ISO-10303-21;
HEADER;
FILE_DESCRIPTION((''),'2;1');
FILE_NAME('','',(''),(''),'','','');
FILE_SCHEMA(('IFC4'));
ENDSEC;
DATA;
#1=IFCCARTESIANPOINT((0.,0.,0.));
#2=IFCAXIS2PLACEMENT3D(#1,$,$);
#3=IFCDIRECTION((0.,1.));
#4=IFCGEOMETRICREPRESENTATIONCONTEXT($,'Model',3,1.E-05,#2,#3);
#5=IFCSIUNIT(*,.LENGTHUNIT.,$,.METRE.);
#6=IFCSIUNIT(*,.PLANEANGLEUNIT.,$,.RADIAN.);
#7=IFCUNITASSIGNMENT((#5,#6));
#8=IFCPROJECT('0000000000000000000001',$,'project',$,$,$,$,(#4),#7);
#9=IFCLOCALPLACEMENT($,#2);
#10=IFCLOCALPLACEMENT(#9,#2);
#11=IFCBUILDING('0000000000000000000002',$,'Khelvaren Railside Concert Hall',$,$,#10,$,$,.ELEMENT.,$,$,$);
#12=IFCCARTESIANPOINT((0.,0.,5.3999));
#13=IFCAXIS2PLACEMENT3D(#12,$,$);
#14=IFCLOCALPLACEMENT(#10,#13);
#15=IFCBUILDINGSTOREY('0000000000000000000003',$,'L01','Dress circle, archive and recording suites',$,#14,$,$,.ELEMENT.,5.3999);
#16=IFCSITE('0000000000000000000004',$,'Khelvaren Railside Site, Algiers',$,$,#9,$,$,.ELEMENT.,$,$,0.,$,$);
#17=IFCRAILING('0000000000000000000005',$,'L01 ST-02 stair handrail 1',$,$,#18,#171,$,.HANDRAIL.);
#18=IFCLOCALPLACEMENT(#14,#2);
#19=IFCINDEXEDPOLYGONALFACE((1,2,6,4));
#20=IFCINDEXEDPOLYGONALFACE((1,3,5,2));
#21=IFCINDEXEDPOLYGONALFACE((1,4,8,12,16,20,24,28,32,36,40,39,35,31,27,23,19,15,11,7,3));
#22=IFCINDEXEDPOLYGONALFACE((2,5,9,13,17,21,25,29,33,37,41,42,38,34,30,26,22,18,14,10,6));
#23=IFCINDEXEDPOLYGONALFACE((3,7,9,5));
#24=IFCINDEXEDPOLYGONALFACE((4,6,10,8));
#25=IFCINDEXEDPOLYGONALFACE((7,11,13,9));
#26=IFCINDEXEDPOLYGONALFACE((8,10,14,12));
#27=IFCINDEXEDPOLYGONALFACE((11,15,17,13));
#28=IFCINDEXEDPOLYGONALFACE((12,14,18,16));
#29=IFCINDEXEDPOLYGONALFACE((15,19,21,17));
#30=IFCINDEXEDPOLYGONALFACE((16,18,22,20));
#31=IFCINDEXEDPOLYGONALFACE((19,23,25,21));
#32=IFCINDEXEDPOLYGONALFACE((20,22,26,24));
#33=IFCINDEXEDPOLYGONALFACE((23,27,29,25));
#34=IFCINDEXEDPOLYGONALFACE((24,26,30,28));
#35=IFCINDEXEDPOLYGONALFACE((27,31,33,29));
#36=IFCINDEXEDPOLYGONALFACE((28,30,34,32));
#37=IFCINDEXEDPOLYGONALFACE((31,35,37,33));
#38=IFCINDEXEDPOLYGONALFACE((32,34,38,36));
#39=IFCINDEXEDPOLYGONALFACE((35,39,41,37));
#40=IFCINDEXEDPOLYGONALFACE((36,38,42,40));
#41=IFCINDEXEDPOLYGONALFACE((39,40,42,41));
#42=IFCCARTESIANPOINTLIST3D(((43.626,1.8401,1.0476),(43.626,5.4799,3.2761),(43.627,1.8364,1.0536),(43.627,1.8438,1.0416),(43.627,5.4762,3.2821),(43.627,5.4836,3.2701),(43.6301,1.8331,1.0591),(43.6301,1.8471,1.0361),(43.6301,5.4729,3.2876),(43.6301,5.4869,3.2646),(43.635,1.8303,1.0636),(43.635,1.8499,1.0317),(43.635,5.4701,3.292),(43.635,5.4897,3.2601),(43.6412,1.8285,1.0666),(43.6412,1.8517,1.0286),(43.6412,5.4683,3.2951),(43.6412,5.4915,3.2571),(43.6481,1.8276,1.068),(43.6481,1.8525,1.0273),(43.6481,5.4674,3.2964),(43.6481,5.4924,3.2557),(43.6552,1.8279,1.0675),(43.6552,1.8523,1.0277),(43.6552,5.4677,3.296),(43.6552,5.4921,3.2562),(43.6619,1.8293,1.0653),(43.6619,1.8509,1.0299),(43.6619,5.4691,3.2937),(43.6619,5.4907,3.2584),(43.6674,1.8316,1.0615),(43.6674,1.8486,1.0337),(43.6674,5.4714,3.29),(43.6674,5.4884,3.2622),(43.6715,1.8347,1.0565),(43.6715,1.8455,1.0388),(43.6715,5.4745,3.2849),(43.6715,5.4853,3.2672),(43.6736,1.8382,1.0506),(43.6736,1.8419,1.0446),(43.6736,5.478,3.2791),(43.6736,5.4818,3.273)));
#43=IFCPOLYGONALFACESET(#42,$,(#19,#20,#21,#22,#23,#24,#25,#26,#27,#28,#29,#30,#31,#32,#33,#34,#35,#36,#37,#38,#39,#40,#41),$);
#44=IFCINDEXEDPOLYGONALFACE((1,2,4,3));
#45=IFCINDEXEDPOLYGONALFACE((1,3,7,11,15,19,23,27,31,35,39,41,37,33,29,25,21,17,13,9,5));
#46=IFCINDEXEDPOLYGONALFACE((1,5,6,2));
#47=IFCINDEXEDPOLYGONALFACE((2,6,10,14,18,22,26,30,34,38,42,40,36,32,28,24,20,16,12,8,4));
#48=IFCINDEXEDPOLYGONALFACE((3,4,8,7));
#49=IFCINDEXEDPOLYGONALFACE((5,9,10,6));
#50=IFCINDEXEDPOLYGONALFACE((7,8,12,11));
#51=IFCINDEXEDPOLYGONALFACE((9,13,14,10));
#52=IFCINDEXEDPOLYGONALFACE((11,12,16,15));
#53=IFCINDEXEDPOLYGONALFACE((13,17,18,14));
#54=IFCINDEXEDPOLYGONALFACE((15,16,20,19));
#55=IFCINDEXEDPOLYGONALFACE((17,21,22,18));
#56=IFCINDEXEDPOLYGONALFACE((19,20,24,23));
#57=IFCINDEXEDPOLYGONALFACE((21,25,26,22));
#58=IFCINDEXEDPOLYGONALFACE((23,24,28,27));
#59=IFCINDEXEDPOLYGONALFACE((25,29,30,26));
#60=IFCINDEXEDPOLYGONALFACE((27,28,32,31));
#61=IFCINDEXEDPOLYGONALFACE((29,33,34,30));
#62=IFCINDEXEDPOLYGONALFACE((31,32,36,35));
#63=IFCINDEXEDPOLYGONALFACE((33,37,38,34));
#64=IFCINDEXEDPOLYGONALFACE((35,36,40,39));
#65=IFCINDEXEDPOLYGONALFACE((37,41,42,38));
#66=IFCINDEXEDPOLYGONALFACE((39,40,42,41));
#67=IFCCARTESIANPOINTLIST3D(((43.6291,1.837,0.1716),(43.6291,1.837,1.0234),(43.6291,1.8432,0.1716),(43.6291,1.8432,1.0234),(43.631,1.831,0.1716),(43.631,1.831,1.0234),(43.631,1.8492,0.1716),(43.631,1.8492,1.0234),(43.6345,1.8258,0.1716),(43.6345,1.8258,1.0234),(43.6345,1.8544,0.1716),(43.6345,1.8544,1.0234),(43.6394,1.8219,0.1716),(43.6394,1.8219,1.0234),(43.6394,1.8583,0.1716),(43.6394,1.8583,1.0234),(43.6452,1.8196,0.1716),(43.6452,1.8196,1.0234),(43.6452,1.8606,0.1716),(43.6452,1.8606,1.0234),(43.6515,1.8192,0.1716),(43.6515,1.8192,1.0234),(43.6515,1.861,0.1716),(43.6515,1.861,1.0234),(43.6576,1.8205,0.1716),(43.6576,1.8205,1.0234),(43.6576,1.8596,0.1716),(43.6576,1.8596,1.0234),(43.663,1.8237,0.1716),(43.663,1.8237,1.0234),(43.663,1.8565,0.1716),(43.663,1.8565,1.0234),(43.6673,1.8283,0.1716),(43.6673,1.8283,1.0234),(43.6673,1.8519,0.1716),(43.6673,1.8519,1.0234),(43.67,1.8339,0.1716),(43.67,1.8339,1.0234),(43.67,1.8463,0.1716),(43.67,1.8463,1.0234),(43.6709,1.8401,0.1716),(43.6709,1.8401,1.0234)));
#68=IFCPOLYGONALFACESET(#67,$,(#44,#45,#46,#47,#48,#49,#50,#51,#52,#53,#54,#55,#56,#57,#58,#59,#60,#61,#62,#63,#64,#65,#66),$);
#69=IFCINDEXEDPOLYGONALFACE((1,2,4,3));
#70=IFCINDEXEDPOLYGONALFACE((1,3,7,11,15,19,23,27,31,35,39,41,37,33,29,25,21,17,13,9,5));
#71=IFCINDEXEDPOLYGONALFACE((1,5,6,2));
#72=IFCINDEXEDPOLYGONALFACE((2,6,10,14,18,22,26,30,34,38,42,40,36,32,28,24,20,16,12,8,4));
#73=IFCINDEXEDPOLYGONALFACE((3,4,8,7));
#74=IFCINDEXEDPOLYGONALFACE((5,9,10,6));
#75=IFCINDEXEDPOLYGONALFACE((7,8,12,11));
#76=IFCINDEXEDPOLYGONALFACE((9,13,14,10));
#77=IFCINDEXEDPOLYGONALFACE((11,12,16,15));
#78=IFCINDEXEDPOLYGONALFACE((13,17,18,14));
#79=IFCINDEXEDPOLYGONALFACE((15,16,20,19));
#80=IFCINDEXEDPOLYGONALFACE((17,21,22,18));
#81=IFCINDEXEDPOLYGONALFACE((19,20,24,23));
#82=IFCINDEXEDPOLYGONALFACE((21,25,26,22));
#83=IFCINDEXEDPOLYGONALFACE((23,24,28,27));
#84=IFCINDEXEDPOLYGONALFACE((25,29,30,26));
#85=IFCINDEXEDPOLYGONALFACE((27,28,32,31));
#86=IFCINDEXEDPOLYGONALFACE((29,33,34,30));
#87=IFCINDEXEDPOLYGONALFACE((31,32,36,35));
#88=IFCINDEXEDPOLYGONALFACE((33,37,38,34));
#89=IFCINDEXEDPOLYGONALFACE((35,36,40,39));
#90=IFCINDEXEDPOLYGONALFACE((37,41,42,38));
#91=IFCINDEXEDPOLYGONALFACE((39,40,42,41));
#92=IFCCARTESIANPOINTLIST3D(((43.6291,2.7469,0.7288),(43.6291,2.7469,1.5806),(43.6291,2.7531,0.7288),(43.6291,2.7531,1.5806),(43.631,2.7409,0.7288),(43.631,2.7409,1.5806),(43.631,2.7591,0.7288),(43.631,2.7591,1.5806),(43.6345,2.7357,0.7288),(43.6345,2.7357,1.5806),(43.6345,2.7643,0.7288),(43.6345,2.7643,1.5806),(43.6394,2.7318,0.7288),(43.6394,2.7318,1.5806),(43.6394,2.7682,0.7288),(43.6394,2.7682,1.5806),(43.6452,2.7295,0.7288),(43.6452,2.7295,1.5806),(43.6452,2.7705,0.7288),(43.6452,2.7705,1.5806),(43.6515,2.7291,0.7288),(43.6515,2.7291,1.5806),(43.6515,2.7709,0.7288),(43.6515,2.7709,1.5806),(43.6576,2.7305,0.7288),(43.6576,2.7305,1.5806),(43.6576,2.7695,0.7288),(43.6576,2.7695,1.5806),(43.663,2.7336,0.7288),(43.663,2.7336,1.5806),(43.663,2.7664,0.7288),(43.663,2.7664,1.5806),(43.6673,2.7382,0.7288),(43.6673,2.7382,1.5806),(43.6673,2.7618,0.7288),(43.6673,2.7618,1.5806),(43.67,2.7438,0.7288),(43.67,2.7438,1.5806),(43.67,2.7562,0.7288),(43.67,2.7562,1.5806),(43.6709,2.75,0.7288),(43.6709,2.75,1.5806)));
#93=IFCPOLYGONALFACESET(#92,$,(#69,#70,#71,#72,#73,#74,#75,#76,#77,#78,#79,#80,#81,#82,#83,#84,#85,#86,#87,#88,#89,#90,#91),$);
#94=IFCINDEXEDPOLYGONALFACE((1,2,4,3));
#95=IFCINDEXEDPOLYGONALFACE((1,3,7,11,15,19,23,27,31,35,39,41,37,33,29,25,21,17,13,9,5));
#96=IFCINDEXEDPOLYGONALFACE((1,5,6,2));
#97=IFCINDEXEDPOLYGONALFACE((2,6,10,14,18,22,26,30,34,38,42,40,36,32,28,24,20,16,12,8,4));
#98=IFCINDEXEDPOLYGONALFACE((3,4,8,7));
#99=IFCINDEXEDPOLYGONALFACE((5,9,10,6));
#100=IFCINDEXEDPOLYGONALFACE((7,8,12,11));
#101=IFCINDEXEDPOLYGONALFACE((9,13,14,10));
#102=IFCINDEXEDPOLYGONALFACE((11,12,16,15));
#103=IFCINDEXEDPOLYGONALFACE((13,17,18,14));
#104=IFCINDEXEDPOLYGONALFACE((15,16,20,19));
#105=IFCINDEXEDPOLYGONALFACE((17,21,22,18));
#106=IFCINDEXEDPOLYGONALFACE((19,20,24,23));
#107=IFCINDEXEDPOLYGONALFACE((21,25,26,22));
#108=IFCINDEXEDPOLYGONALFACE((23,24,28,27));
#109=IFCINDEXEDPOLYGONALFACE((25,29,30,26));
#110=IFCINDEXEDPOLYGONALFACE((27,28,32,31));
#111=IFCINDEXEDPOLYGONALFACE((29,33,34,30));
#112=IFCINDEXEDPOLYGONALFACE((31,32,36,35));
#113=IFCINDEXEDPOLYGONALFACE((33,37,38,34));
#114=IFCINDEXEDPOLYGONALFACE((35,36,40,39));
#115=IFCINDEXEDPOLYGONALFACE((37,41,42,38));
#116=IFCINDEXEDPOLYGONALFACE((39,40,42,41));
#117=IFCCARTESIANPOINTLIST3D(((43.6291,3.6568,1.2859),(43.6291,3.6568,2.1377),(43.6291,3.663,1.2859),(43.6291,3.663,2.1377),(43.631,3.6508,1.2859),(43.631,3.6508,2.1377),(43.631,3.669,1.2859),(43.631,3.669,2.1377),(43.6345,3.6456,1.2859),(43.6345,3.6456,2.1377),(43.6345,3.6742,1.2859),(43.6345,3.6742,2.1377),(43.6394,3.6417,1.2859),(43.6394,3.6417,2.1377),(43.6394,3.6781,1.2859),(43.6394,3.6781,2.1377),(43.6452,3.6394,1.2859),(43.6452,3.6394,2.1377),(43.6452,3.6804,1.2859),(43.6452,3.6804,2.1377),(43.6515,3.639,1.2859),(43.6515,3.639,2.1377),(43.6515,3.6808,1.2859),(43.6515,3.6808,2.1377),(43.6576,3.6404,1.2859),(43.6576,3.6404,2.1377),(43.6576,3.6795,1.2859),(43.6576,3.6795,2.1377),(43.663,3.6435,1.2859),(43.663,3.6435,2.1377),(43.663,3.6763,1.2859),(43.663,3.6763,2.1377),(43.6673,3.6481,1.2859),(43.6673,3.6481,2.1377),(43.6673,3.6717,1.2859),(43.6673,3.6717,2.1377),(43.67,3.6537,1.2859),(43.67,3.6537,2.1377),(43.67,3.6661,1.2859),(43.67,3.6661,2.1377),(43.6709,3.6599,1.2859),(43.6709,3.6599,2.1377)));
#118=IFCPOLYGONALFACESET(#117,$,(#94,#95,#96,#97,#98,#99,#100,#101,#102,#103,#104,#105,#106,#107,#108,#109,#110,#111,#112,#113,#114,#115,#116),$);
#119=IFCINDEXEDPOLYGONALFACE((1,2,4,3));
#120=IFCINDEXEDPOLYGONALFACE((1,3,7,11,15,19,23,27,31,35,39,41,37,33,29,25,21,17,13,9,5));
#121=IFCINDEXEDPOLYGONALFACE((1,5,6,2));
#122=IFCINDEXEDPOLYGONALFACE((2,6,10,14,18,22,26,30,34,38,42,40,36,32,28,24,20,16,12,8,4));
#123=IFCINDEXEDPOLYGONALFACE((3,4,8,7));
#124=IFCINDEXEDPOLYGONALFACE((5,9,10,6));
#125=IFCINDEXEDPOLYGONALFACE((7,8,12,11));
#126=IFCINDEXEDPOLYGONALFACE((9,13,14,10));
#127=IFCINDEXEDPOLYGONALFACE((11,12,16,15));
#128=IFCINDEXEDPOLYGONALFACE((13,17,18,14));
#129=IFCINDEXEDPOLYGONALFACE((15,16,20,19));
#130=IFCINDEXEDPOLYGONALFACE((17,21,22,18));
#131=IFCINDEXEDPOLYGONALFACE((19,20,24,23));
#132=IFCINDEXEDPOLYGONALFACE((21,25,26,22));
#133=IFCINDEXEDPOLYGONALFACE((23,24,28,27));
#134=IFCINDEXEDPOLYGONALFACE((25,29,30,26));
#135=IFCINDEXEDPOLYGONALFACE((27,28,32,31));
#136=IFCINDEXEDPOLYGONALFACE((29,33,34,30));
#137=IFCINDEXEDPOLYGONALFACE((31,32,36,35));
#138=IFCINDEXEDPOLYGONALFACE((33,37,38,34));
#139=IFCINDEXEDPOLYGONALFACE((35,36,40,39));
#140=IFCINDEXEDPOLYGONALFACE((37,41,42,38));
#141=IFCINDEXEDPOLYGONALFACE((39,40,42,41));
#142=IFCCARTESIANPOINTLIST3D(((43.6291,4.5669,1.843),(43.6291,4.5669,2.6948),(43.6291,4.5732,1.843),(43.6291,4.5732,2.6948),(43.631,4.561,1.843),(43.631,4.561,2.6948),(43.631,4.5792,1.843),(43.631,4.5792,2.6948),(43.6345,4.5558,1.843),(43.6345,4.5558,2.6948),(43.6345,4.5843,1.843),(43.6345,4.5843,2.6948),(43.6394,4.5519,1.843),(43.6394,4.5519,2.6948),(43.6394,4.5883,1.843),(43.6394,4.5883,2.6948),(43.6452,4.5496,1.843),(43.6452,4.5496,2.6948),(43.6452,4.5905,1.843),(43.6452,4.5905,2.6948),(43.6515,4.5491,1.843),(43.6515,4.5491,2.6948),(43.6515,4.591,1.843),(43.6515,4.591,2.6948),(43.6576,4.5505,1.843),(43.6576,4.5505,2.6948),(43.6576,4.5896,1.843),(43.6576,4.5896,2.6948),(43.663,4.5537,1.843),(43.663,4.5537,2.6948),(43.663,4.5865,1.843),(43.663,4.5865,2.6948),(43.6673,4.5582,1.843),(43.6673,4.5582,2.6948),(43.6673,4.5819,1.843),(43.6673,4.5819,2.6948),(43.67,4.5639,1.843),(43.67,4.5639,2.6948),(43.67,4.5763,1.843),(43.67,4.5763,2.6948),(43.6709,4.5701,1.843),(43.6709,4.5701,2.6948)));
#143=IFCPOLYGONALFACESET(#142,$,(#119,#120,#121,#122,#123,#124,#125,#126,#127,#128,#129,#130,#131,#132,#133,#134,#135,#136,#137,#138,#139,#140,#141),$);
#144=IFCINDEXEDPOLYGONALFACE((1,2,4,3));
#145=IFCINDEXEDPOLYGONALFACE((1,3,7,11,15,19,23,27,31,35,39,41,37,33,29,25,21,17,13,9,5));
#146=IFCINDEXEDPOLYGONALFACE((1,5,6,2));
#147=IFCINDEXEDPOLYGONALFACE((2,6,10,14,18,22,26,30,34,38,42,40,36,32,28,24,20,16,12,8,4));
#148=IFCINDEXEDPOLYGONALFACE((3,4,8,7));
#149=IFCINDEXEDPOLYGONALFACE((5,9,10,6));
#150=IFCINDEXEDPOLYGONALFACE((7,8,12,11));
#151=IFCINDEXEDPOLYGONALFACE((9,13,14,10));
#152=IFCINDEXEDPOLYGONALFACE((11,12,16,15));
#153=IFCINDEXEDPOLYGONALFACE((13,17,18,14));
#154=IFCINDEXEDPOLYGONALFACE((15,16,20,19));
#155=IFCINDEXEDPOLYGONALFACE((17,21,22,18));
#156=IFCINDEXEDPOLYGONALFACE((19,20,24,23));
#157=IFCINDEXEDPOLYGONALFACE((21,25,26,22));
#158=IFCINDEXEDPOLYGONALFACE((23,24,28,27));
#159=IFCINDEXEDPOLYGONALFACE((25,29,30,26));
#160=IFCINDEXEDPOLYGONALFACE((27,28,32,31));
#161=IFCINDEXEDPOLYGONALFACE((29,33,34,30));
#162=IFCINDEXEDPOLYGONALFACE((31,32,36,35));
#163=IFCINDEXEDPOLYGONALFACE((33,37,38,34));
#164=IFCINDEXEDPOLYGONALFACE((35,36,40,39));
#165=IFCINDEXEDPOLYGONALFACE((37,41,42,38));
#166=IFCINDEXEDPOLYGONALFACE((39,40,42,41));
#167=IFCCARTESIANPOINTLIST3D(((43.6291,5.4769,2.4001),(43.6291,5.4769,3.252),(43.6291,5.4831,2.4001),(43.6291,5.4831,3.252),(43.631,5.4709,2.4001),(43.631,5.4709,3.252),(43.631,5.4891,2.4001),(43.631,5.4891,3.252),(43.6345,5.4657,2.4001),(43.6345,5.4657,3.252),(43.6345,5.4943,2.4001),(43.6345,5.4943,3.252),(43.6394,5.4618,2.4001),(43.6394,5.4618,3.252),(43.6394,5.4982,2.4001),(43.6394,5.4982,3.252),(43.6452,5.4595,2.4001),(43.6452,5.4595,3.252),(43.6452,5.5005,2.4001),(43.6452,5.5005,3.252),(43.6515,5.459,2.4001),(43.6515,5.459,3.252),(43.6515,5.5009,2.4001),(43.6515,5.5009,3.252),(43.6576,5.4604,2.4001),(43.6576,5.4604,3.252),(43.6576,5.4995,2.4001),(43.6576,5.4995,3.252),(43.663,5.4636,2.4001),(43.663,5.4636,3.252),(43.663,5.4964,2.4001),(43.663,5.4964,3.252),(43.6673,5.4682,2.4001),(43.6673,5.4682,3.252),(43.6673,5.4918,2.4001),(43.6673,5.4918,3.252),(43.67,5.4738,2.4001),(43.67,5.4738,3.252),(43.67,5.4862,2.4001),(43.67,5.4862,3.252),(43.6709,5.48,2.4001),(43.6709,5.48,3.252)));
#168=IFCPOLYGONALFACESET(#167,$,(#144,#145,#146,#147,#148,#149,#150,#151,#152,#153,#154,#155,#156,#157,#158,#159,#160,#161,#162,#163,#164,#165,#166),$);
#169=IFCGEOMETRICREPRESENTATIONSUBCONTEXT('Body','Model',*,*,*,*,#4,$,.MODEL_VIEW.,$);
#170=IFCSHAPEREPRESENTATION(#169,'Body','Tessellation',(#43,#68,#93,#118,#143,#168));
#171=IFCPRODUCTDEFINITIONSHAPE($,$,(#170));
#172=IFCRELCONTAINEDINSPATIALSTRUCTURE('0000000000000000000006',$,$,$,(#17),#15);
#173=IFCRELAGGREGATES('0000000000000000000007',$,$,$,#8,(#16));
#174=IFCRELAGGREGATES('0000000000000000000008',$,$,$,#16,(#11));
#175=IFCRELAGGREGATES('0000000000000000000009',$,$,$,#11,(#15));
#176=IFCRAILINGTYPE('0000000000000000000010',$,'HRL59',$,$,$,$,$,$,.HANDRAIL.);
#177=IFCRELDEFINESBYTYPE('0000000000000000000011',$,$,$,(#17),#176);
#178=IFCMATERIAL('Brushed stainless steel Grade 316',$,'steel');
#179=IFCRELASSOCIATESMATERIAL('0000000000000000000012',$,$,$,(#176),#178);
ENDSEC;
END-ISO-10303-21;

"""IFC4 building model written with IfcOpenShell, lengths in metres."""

from ifc_helpers import new_model, si_unit, direction, frame, origin, origin_2d, place, context, subcontext, project, spatial, circle, extrude, material, type_object, element, save


model = new_model("IFC4")

# Units and contexts
model_context = context("Model", 3, precision=1e-05, world=origin(), true_north=direction((0.0, 1.0)))
body_context = subcontext(model_context, "Body", "Model", "MODEL_VIEW")
ifc_project = project(units=[si_unit("LENGTHUNIT", "METRE"), si_unit("PLANEANGLEUNIT", "RADIAN")], contexts=[model_context])

# Site, building, storey
site_placement = place(None, origin())
site = spatial("IfcSite", under=ifc_project, at=site_placement, Name="Khelvaren Railside Site, Algiers", CompositionType="ELEMENT", RefElevation=0.0)
building_placement = place(site_placement, origin())
building = spatial("IfcBuilding", under=site, at=building_placement, Name="Khelvaren Railside Concert Hall", CompositionType="ELEMENT")
storey_placement = place(building_placement, frame((0.0, 0.0, 5.3999)))
storey = spatial("IfcBuildingStorey", under=building, at=storey_placement, Name="L01", Description="Dress circle, archive and recording suites", CompositionType="ELEMENT", Elevation=5.3999)

# Railing
ifc_material_1 = material(Name="Brushed stainless steel Grade 316", Category="steel")
railing_type_1 = type_object("IfcRailingType", Name="HRL59", PredefinedType="HANDRAIL", material=ifc_material_1)
railing_1_placement = place(storey_placement, frame((43.6499, 1.8401, 0.1716)))
element("IfcRailing", 1, at=railing_1_placement, inside=storey, type_object=railing_type_1, Name="L01 ST-02 stair handrail 1", PredefinedType="HANDRAIL", context=body_context, shape_type="SweptSolid", body=[
    extrude(circle(Radius=0.0239, at=origin_2d()), frame((0.0, 0.0, 0.876), z_axis=(0.0, 0.85285, 0.522156), x_axis=(-1.0, 0.0, 0.0)), (0.0, 0.0, 1.0), 4.2678),
    extrude(circle(Radius=0.021, at=origin_2d()), origin(), (0.0, 0.0, 1.0), 0.8518),
    extrude(circle(Radius=0.021, at=origin_2d()), frame((0.0, 0.9099, 0.5571)), (0.0, 0.0, 1.0), 0.8518),
    extrude(circle(Radius=0.021, at=origin_2d()), frame((0.0, 1.8198, 1.1143)), (0.0, 0.0, 1.0), 0.8518),
    extrude(circle(Radius=0.021, at=origin_2d()), frame((0.0, 2.73, 1.6714)), (0.0, 0.0, 1.0), 0.8518),
    extrude(circle(Radius=0.021, at=origin_2d()), frame((0.0, 3.6399, 2.2285)), (0.0, 0.0, 1.0), 0.8518),
])

save(model, "model.ifc")
